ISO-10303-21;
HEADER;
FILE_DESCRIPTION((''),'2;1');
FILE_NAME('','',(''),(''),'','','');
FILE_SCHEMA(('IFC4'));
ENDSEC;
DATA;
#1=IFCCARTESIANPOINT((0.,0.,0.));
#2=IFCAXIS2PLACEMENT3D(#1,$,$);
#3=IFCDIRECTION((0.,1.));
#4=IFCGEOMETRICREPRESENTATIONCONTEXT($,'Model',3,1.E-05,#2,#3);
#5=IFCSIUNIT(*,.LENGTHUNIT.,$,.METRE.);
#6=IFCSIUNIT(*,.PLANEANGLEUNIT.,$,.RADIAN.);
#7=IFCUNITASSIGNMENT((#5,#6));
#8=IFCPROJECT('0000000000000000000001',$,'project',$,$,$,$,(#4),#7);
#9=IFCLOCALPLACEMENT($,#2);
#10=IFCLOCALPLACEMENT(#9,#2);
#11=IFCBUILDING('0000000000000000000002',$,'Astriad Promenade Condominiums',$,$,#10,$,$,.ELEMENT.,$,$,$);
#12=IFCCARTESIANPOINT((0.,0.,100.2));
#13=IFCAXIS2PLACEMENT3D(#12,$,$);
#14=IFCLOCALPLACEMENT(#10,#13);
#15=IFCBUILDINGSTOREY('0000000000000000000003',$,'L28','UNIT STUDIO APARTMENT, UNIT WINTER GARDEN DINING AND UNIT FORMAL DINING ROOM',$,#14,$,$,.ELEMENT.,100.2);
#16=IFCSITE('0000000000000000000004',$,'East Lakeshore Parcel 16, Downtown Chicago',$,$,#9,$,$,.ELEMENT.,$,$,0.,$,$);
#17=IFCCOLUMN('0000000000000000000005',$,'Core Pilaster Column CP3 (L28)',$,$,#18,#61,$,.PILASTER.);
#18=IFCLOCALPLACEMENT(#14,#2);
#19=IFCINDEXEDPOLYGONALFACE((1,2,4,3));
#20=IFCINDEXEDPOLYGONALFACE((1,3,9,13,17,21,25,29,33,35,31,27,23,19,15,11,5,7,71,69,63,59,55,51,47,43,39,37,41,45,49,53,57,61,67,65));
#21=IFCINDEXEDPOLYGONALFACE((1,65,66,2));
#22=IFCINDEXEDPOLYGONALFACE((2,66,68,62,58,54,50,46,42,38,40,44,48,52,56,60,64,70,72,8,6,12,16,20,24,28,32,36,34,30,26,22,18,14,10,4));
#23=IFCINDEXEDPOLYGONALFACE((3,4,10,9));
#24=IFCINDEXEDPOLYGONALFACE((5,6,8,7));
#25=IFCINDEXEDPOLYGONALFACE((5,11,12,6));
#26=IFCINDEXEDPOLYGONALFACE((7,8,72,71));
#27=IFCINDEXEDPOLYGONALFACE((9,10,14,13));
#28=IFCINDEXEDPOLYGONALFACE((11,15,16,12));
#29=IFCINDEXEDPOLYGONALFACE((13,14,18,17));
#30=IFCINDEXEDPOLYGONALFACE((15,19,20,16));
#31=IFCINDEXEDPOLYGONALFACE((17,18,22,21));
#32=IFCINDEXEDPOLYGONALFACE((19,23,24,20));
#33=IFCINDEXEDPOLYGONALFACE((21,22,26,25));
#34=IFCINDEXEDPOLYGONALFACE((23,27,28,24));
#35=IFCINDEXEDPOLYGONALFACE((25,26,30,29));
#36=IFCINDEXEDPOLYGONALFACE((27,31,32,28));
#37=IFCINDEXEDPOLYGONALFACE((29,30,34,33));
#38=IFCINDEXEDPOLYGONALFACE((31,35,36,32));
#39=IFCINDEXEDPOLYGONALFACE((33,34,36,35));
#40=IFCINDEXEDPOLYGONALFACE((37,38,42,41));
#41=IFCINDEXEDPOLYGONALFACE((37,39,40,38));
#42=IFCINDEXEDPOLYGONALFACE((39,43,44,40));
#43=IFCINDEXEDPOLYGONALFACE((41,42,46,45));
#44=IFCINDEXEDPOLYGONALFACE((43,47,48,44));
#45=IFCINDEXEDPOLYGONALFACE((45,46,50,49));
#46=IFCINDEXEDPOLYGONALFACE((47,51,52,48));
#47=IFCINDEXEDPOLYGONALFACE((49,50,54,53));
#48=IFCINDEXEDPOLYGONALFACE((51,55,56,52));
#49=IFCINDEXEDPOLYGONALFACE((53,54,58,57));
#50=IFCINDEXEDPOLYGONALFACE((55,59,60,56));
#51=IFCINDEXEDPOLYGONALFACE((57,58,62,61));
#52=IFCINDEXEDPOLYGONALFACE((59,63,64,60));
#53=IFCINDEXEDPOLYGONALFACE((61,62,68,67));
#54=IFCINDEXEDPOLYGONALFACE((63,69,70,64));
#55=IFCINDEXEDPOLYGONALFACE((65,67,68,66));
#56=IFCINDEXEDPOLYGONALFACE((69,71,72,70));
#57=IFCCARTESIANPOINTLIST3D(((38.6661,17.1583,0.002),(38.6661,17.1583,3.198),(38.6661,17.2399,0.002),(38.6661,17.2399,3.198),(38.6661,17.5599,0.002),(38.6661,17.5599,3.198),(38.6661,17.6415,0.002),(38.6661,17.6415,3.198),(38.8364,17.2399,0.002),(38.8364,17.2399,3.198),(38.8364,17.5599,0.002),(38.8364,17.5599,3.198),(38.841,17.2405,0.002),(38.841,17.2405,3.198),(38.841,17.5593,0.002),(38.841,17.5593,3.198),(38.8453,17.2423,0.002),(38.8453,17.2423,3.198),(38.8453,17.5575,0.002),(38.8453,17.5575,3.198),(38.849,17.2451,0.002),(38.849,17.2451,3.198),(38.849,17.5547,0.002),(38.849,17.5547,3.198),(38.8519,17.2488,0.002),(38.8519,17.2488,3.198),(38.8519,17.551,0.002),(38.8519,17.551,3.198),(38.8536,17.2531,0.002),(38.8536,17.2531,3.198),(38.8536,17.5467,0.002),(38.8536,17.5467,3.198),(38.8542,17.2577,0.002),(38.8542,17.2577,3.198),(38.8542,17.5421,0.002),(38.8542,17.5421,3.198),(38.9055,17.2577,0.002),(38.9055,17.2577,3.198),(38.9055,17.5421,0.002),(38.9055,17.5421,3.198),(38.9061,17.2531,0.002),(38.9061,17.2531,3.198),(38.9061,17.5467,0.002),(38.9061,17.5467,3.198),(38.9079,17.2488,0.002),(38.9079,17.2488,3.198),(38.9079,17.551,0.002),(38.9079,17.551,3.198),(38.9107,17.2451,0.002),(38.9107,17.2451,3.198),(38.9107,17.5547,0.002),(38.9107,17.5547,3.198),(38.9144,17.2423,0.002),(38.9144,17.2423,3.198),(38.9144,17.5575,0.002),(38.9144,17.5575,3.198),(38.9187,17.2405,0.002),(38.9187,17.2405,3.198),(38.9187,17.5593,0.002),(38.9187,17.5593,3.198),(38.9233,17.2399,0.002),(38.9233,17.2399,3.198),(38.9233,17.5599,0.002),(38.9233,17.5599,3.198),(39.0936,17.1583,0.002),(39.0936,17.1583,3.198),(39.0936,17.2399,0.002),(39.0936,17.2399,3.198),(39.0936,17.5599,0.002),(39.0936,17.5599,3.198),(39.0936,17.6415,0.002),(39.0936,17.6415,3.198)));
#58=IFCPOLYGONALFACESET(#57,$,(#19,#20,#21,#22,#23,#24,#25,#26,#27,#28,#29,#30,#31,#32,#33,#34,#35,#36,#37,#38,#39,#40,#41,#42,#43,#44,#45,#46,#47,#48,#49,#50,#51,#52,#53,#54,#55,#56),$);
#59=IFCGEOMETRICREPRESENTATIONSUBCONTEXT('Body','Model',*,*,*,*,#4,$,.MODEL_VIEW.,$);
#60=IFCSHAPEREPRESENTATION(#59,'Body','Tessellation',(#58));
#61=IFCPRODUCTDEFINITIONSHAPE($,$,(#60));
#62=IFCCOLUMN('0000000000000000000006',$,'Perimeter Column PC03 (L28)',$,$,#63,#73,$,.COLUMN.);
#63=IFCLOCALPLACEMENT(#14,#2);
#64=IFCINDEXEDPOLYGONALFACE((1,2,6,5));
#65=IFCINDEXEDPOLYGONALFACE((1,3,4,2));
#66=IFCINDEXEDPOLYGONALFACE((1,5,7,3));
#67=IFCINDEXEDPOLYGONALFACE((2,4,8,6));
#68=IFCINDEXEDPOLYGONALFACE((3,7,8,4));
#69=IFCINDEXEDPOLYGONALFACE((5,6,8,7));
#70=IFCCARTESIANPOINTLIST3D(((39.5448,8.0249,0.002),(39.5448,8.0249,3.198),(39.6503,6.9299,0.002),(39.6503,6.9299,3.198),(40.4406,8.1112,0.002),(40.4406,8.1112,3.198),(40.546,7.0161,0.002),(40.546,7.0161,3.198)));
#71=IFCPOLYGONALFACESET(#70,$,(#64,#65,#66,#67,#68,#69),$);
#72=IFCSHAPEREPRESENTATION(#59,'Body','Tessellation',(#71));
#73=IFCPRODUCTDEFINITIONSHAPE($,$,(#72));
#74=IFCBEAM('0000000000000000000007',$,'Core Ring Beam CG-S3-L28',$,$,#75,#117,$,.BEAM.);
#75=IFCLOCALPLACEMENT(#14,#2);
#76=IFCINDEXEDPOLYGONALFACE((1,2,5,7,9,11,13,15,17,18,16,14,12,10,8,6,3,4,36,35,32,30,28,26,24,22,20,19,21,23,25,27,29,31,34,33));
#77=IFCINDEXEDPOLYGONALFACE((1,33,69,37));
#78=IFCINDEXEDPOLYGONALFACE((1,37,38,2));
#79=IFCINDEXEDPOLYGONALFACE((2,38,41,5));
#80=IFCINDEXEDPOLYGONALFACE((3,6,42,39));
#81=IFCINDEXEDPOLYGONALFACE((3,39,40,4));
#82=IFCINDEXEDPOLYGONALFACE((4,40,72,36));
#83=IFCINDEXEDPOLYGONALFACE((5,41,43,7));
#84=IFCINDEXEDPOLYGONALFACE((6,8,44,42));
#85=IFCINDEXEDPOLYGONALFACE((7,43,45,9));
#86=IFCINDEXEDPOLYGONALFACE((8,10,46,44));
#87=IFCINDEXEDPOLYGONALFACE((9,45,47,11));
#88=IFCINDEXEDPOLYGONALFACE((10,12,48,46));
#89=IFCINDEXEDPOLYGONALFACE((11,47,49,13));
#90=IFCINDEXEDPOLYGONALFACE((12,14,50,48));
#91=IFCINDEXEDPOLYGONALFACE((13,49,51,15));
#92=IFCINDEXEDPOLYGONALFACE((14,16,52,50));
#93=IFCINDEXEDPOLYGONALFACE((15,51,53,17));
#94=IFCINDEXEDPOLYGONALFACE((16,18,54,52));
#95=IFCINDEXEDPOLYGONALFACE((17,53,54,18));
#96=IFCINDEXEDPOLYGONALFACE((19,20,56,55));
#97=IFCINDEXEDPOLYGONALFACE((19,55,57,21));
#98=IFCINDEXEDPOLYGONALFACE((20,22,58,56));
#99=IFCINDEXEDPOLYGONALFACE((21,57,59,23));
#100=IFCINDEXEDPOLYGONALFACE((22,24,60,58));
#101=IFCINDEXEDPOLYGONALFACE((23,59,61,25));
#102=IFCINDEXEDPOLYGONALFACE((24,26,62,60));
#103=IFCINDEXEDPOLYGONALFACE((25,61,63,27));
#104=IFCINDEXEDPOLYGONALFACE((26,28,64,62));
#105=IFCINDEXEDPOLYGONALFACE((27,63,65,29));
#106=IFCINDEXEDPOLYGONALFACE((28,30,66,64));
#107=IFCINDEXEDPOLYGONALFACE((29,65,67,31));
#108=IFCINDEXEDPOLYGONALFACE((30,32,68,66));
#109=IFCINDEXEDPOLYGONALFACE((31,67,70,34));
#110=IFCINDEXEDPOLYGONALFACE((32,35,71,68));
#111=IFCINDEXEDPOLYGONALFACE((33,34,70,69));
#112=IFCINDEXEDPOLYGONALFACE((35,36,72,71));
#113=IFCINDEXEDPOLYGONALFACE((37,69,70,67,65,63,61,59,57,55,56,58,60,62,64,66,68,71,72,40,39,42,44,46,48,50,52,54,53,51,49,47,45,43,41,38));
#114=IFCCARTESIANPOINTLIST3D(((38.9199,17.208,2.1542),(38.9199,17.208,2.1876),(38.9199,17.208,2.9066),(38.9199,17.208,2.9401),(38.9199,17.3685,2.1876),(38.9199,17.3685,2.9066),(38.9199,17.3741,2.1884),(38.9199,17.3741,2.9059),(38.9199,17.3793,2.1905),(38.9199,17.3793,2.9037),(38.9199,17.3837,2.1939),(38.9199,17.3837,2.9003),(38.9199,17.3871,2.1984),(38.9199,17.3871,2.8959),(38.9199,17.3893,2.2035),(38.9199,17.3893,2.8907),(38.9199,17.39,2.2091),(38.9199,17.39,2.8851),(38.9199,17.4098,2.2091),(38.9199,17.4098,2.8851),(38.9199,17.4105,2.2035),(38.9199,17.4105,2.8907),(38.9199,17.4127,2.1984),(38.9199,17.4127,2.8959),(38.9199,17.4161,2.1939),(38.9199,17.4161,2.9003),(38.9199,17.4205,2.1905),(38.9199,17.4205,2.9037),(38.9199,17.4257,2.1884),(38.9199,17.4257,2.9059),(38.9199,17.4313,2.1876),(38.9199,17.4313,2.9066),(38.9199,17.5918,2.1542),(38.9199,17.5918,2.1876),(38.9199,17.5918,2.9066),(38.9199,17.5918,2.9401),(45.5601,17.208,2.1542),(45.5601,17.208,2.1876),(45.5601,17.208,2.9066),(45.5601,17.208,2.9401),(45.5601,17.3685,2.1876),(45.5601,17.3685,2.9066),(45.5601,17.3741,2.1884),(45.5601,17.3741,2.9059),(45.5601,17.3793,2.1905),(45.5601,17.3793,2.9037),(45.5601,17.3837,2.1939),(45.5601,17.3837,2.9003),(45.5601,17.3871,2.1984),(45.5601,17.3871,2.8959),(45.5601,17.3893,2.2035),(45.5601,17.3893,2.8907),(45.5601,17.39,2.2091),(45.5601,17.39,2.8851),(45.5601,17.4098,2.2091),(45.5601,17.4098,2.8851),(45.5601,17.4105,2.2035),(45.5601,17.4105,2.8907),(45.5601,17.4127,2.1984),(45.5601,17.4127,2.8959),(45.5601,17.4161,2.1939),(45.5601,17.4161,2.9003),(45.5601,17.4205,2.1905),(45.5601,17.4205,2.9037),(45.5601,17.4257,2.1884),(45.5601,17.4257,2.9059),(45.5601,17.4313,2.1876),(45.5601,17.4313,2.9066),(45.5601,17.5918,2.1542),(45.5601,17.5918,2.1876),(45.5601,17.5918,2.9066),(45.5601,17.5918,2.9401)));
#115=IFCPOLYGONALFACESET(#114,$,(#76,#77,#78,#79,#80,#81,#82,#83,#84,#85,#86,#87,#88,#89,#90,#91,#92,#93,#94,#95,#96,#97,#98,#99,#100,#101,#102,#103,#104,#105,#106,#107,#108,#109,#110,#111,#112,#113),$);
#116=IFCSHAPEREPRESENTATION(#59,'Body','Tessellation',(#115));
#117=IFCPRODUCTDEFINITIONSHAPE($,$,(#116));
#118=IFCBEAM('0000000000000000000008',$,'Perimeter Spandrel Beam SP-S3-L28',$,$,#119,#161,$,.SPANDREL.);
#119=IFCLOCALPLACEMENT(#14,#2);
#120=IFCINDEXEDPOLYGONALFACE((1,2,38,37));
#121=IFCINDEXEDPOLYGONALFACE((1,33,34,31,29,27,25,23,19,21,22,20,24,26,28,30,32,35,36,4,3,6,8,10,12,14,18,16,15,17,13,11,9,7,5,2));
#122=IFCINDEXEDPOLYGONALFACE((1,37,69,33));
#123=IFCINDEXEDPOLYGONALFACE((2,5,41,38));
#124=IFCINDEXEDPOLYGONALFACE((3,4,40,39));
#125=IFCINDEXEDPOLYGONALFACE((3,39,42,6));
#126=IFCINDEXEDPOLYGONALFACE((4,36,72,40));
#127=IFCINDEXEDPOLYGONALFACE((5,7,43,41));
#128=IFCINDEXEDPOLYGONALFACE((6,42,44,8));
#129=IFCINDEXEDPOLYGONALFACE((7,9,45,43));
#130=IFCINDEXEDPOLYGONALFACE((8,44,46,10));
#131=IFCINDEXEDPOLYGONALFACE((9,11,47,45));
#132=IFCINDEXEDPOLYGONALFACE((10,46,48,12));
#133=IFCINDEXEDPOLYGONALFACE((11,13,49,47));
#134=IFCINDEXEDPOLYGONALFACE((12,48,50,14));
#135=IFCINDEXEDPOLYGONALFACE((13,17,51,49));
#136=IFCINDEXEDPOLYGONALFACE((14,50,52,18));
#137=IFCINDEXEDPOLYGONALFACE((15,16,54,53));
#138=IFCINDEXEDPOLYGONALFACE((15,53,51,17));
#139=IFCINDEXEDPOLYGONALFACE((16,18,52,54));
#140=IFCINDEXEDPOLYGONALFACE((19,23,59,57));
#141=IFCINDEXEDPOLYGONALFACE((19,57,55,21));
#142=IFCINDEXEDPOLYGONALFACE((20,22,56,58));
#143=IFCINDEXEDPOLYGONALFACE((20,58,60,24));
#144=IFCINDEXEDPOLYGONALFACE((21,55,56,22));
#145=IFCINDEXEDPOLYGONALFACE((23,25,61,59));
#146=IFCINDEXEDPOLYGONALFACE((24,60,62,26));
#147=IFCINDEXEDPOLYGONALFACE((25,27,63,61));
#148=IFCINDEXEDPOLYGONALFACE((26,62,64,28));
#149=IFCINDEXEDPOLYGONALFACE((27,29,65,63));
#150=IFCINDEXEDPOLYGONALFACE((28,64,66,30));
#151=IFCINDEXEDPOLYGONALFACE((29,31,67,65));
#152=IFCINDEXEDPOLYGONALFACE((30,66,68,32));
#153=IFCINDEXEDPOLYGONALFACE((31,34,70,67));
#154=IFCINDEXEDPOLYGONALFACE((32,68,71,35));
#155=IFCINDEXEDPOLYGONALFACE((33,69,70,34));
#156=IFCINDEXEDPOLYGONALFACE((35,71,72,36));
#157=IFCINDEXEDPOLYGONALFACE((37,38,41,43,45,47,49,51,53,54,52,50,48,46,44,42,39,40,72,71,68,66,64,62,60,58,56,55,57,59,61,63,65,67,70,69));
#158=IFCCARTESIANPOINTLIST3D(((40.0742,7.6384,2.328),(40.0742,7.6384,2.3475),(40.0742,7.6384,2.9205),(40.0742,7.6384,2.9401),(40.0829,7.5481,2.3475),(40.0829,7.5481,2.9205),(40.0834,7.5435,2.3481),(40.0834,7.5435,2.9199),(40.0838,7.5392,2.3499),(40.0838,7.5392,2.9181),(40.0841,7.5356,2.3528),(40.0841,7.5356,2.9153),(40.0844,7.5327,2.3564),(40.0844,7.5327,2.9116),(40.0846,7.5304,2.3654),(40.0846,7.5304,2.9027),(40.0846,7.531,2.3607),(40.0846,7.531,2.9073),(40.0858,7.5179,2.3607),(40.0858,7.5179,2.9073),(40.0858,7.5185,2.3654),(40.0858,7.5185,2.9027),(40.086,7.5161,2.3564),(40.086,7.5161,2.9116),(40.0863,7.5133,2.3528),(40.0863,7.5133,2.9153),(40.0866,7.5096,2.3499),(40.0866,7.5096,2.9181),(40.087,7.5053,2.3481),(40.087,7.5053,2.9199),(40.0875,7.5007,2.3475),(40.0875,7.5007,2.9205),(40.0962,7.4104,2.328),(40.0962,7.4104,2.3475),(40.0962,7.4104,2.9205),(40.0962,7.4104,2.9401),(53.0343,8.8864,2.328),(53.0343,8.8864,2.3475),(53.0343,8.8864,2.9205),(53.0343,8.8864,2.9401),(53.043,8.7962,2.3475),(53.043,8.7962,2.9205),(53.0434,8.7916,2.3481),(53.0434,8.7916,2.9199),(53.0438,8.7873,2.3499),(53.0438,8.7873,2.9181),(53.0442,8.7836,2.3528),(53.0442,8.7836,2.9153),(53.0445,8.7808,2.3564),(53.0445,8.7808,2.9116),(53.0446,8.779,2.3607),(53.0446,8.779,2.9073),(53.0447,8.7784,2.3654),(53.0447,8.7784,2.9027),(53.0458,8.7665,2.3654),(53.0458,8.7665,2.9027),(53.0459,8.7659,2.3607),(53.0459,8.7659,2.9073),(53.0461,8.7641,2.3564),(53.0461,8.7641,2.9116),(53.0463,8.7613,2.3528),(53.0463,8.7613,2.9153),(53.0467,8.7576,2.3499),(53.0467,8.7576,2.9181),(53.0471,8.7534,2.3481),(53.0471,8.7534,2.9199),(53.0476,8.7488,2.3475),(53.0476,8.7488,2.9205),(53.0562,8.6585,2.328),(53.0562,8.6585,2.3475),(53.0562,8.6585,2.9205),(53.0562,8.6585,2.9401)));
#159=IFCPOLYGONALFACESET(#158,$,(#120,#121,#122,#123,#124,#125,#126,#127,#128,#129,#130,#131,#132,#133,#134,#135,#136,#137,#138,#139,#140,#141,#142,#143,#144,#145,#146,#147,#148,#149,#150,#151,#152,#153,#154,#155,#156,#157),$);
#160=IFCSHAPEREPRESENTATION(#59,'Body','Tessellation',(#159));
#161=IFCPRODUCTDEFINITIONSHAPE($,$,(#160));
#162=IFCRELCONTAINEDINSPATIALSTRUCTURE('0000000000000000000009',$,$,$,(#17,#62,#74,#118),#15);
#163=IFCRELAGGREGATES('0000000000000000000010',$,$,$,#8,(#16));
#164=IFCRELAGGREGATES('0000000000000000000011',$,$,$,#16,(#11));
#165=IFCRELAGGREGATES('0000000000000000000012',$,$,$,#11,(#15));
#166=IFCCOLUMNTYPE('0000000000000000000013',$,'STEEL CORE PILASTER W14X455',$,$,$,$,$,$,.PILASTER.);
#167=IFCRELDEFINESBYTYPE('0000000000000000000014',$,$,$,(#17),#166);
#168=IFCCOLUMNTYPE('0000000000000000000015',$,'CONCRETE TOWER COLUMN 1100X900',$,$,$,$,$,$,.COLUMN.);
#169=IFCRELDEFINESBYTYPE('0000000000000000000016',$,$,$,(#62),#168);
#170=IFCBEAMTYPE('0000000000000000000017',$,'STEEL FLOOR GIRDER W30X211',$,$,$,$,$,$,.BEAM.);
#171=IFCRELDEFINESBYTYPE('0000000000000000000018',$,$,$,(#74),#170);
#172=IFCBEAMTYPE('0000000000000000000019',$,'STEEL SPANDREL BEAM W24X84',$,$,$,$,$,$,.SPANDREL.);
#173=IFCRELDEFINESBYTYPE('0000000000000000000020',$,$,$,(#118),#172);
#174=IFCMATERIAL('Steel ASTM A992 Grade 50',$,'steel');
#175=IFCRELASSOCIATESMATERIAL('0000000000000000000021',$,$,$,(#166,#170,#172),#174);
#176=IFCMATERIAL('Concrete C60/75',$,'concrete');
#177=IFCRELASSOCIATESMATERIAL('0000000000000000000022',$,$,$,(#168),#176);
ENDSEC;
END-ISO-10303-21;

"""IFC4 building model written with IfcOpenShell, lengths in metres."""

from ifc_helpers import new_model, si_unit, direction, frame, origin, origin_2d, place, context, subcontext, project, spatial, rectangle, i_section, extrude, source, transform, mapped, material, material_profile, profile_set, type_object, type_shapes, element, save


model = new_model("IFC4")

# Units and contexts
model_context = context("Model", 3, precision=1e-05, world=origin(), true_north=direction((0.0, 1.0)))
body_context = subcontext(model_context, "Body", "Model", "MODEL_VIEW")
ifc_project = project(units=[si_unit("LENGTHUNIT", "METRE"), si_unit("PLANEANGLEUNIT", "RADIAN")], contexts=[model_context])

# Site, building, storey
site_placement = place(None, origin())
site = spatial("IfcSite", under=ifc_project, at=site_placement, Name="East Lakeshore Parcel 16, Downtown Chicago", CompositionType="ELEMENT", RefElevation=0.0)
building_placement = place(site_placement, origin())
building = spatial("IfcBuilding", under=site, at=building_placement, Name="Astriad Promenade Condominiums", CompositionType="ELEMENT")
storey_placement = place(building_placement, frame((0.0, 0.0, 100.2)))
storey = spatial("IfcBuildingStorey", under=building, at=storey_placement, Name="L28", Description="UNIT STUDIO APARTMENT, UNIT WINTER GARDEN DINING AND UNIT FORMAL DINING ROOM", CompositionType="ELEMENT", Elevation=100.2)

# Columns
ifc_material_1 = material(Name="Steel ASTM A992 Grade 50", Category="steel")
ifc_material_profile_1 = material_profile(ifc_material_1, i_section(OverallWidth=0.4275, OverallDepth=0.4832, WebThickness=0.0513, FlangeThickness=0.0815, FilletRadius=0.0178, at=origin_2d()), Name="W14X455")
ifc_profile_set_1 = profile_set([ifc_material_profile_1], Name="Steel ASTM A992 Grade 50")
column_type_1 = type_object("IfcColumnType", Name="STEEL CORE PILASTER W14X455", PredefinedType="PILASTER", material=ifc_profile_set_1)
shared_shape_1 = source(origin(), body_context, "Body", "SweptSolid", [
    extrude(i_section(OverallWidth=0.4275, OverallDepth=0.4832, WebThickness=0.0513, FlangeThickness=0.0815, FilletRadius=0.0178, at=origin_2d()), origin(), (0.0, 0.0, 1.0), 3.196),
])
type_shapes(column_type_1, [shared_shape_1])
column_1_placement = place(storey_placement, frame((38.8799, 17.3999, 0.002), z_axis=(0.0, 0.0, 1.0), x_axis=(1.0, 0.0, 0.0)))
element("IfcColumn", 1, at=column_1_placement, inside=storey, type_object=column_type_1, Name="Core Pilaster Column CP3 (L28)", PredefinedType="PILASTER", context=body_context, shape_type="MappedRepresentation", body=[
    mapped(shared_shape_1, transform((0.0, 0.0, 0.0), scale=1.0)),
])
ifc_material_2 = material(Name="Concrete C60/75", Category="concrete")
ifc_material_profile_2 = material_profile(ifc_material_2, rectangle(XDim=0.8999, YDim=1.1001, at=origin_2d()), Name="RC-COL-1100X900")
ifc_profile_set_2 = profile_set([ifc_material_profile_2], Name="Concrete C60/75")
column_type_2 = type_object("IfcColumnType", Name="CONCRETE TOWER COLUMN 1100X900", PredefinedType="COLUMN", material=ifc_profile_set_2)
shared_shape_2 = source(origin(), body_context, "Body", "SweptSolid", [
    extrude(rectangle(XDim=0.8999, YDim=1.1001, at=origin_2d()), origin(), (0.0, 0.0, 1.0), 3.196),
])
type_shapes(column_type_2, [shared_shape_2])
column_2_placement = place(storey_placement, frame((40.0454, 7.5205, 0.002), z_axis=(0.0, 0.0, 1.0), x_axis=(0.995396, 0.095846, 0.0)))
element("IfcColumn", 2, at=column_2_placement, inside=storey, type_object=column_type_2, Name="Perimeter Column PC03 (L28)", PredefinedType="COLUMN", context=body_context, shape_type="MappedRepresentation", body=[
    mapped(shared_shape_2, transform((0.0, 0.0, 0.0), scale=1.0)),
])

# Beams
ifc_material_profile_3 = material_profile(ifc_material_1, i_section(OverallWidth=0.3838, OverallDepth=0.7859, WebThickness=0.0198, FlangeThickness=0.0334, FilletRadius=0.0215, at=origin_2d()), Name="W30X211")
ifc_profile_set_3 = profile_set([ifc_material_profile_3], Name="Steel ASTM A992 Grade 50")
beam_type_1 = type_object("IfcBeamType", Name="STEEL FLOOR GIRDER W30X211", PredefinedType="BEAM", material=ifc_profile_set_3)
shared_shape_3 = source(origin(), body_context, "Body", "SweptSolid", [
    extrude(i_section(OverallWidth=0.3838, OverallDepth=0.7859, WebThickness=0.0198, FlangeThickness=0.0334, FilletRadius=0.0215, at=origin_2d()), origin(), (0.0, 0.0, 1.0), 6.6401),
])
type_shapes(beam_type_1, [shared_shape_3])
beam_1_placement = place(storey_placement, frame((38.9199, 17.3999, 2.5471), z_axis=(1.0, 0.0, 0.0), x_axis=(0.0, 1.0, 0.0)))
element("IfcBeam", 3, at=beam_1_placement, inside=storey, type_object=beam_type_1, Name="Core Ring Beam CG-S3-L28", PredefinedType="BEAM", context=body_context, shape_type="MappedRepresentation", body=[
    mapped(shared_shape_3, transform((0.0, 0.0, 0.0), scale=1.0)),
])
ifc_material_profile_4 = material_profile(ifc_material_1, i_section(OverallWidth=0.229, OverallDepth=0.6121, WebThickness=0.012, FlangeThickness=0.0195, FilletRadius=0.0178, at=origin_2d()), Name="W24X84")
ifc_profile_set_4 = profile_set([ifc_material_profile_4], Name="Steel ASTM A992 Grade 50")
beam_type_2 = type_object("IfcBeamType", Name="STEEL SPANDREL BEAM W24X84", PredefinedType="SPANDREL", material=ifc_profile_set_4)
shared_shape_4 = source(origin(), body_context, "Body", "SweptSolid", [
    extrude(i_section(OverallWidth=0.229, OverallDepth=0.6121, WebThickness=0.012, FlangeThickness=0.0195, FilletRadius=0.0178, at=origin_2d()), origin(), (0.0, 0.0, 1.0), 13.02),
])
type_shapes(beam_type_2, [shared_shape_4])
beam_2_placement = place(storey_placement, frame((40.0852, 7.5244, 2.634), z_axis=(0.995395, 0.095857, 0.0), x_axis=(-0.095857, 0.995395, 0.0)))
element("IfcBeam", 4, at=beam_2_placement, inside=storey, type_object=beam_type_2, Name="Perimeter Spandrel Beam SP-S3-L28", PredefinedType="SPANDREL", context=body_context, shape_type="MappedRepresentation", body=[
    mapped(shared_shape_4, transform((0.0, 0.0, 0.0), scale=1.0)),
])

save(model, "model.ifc")
